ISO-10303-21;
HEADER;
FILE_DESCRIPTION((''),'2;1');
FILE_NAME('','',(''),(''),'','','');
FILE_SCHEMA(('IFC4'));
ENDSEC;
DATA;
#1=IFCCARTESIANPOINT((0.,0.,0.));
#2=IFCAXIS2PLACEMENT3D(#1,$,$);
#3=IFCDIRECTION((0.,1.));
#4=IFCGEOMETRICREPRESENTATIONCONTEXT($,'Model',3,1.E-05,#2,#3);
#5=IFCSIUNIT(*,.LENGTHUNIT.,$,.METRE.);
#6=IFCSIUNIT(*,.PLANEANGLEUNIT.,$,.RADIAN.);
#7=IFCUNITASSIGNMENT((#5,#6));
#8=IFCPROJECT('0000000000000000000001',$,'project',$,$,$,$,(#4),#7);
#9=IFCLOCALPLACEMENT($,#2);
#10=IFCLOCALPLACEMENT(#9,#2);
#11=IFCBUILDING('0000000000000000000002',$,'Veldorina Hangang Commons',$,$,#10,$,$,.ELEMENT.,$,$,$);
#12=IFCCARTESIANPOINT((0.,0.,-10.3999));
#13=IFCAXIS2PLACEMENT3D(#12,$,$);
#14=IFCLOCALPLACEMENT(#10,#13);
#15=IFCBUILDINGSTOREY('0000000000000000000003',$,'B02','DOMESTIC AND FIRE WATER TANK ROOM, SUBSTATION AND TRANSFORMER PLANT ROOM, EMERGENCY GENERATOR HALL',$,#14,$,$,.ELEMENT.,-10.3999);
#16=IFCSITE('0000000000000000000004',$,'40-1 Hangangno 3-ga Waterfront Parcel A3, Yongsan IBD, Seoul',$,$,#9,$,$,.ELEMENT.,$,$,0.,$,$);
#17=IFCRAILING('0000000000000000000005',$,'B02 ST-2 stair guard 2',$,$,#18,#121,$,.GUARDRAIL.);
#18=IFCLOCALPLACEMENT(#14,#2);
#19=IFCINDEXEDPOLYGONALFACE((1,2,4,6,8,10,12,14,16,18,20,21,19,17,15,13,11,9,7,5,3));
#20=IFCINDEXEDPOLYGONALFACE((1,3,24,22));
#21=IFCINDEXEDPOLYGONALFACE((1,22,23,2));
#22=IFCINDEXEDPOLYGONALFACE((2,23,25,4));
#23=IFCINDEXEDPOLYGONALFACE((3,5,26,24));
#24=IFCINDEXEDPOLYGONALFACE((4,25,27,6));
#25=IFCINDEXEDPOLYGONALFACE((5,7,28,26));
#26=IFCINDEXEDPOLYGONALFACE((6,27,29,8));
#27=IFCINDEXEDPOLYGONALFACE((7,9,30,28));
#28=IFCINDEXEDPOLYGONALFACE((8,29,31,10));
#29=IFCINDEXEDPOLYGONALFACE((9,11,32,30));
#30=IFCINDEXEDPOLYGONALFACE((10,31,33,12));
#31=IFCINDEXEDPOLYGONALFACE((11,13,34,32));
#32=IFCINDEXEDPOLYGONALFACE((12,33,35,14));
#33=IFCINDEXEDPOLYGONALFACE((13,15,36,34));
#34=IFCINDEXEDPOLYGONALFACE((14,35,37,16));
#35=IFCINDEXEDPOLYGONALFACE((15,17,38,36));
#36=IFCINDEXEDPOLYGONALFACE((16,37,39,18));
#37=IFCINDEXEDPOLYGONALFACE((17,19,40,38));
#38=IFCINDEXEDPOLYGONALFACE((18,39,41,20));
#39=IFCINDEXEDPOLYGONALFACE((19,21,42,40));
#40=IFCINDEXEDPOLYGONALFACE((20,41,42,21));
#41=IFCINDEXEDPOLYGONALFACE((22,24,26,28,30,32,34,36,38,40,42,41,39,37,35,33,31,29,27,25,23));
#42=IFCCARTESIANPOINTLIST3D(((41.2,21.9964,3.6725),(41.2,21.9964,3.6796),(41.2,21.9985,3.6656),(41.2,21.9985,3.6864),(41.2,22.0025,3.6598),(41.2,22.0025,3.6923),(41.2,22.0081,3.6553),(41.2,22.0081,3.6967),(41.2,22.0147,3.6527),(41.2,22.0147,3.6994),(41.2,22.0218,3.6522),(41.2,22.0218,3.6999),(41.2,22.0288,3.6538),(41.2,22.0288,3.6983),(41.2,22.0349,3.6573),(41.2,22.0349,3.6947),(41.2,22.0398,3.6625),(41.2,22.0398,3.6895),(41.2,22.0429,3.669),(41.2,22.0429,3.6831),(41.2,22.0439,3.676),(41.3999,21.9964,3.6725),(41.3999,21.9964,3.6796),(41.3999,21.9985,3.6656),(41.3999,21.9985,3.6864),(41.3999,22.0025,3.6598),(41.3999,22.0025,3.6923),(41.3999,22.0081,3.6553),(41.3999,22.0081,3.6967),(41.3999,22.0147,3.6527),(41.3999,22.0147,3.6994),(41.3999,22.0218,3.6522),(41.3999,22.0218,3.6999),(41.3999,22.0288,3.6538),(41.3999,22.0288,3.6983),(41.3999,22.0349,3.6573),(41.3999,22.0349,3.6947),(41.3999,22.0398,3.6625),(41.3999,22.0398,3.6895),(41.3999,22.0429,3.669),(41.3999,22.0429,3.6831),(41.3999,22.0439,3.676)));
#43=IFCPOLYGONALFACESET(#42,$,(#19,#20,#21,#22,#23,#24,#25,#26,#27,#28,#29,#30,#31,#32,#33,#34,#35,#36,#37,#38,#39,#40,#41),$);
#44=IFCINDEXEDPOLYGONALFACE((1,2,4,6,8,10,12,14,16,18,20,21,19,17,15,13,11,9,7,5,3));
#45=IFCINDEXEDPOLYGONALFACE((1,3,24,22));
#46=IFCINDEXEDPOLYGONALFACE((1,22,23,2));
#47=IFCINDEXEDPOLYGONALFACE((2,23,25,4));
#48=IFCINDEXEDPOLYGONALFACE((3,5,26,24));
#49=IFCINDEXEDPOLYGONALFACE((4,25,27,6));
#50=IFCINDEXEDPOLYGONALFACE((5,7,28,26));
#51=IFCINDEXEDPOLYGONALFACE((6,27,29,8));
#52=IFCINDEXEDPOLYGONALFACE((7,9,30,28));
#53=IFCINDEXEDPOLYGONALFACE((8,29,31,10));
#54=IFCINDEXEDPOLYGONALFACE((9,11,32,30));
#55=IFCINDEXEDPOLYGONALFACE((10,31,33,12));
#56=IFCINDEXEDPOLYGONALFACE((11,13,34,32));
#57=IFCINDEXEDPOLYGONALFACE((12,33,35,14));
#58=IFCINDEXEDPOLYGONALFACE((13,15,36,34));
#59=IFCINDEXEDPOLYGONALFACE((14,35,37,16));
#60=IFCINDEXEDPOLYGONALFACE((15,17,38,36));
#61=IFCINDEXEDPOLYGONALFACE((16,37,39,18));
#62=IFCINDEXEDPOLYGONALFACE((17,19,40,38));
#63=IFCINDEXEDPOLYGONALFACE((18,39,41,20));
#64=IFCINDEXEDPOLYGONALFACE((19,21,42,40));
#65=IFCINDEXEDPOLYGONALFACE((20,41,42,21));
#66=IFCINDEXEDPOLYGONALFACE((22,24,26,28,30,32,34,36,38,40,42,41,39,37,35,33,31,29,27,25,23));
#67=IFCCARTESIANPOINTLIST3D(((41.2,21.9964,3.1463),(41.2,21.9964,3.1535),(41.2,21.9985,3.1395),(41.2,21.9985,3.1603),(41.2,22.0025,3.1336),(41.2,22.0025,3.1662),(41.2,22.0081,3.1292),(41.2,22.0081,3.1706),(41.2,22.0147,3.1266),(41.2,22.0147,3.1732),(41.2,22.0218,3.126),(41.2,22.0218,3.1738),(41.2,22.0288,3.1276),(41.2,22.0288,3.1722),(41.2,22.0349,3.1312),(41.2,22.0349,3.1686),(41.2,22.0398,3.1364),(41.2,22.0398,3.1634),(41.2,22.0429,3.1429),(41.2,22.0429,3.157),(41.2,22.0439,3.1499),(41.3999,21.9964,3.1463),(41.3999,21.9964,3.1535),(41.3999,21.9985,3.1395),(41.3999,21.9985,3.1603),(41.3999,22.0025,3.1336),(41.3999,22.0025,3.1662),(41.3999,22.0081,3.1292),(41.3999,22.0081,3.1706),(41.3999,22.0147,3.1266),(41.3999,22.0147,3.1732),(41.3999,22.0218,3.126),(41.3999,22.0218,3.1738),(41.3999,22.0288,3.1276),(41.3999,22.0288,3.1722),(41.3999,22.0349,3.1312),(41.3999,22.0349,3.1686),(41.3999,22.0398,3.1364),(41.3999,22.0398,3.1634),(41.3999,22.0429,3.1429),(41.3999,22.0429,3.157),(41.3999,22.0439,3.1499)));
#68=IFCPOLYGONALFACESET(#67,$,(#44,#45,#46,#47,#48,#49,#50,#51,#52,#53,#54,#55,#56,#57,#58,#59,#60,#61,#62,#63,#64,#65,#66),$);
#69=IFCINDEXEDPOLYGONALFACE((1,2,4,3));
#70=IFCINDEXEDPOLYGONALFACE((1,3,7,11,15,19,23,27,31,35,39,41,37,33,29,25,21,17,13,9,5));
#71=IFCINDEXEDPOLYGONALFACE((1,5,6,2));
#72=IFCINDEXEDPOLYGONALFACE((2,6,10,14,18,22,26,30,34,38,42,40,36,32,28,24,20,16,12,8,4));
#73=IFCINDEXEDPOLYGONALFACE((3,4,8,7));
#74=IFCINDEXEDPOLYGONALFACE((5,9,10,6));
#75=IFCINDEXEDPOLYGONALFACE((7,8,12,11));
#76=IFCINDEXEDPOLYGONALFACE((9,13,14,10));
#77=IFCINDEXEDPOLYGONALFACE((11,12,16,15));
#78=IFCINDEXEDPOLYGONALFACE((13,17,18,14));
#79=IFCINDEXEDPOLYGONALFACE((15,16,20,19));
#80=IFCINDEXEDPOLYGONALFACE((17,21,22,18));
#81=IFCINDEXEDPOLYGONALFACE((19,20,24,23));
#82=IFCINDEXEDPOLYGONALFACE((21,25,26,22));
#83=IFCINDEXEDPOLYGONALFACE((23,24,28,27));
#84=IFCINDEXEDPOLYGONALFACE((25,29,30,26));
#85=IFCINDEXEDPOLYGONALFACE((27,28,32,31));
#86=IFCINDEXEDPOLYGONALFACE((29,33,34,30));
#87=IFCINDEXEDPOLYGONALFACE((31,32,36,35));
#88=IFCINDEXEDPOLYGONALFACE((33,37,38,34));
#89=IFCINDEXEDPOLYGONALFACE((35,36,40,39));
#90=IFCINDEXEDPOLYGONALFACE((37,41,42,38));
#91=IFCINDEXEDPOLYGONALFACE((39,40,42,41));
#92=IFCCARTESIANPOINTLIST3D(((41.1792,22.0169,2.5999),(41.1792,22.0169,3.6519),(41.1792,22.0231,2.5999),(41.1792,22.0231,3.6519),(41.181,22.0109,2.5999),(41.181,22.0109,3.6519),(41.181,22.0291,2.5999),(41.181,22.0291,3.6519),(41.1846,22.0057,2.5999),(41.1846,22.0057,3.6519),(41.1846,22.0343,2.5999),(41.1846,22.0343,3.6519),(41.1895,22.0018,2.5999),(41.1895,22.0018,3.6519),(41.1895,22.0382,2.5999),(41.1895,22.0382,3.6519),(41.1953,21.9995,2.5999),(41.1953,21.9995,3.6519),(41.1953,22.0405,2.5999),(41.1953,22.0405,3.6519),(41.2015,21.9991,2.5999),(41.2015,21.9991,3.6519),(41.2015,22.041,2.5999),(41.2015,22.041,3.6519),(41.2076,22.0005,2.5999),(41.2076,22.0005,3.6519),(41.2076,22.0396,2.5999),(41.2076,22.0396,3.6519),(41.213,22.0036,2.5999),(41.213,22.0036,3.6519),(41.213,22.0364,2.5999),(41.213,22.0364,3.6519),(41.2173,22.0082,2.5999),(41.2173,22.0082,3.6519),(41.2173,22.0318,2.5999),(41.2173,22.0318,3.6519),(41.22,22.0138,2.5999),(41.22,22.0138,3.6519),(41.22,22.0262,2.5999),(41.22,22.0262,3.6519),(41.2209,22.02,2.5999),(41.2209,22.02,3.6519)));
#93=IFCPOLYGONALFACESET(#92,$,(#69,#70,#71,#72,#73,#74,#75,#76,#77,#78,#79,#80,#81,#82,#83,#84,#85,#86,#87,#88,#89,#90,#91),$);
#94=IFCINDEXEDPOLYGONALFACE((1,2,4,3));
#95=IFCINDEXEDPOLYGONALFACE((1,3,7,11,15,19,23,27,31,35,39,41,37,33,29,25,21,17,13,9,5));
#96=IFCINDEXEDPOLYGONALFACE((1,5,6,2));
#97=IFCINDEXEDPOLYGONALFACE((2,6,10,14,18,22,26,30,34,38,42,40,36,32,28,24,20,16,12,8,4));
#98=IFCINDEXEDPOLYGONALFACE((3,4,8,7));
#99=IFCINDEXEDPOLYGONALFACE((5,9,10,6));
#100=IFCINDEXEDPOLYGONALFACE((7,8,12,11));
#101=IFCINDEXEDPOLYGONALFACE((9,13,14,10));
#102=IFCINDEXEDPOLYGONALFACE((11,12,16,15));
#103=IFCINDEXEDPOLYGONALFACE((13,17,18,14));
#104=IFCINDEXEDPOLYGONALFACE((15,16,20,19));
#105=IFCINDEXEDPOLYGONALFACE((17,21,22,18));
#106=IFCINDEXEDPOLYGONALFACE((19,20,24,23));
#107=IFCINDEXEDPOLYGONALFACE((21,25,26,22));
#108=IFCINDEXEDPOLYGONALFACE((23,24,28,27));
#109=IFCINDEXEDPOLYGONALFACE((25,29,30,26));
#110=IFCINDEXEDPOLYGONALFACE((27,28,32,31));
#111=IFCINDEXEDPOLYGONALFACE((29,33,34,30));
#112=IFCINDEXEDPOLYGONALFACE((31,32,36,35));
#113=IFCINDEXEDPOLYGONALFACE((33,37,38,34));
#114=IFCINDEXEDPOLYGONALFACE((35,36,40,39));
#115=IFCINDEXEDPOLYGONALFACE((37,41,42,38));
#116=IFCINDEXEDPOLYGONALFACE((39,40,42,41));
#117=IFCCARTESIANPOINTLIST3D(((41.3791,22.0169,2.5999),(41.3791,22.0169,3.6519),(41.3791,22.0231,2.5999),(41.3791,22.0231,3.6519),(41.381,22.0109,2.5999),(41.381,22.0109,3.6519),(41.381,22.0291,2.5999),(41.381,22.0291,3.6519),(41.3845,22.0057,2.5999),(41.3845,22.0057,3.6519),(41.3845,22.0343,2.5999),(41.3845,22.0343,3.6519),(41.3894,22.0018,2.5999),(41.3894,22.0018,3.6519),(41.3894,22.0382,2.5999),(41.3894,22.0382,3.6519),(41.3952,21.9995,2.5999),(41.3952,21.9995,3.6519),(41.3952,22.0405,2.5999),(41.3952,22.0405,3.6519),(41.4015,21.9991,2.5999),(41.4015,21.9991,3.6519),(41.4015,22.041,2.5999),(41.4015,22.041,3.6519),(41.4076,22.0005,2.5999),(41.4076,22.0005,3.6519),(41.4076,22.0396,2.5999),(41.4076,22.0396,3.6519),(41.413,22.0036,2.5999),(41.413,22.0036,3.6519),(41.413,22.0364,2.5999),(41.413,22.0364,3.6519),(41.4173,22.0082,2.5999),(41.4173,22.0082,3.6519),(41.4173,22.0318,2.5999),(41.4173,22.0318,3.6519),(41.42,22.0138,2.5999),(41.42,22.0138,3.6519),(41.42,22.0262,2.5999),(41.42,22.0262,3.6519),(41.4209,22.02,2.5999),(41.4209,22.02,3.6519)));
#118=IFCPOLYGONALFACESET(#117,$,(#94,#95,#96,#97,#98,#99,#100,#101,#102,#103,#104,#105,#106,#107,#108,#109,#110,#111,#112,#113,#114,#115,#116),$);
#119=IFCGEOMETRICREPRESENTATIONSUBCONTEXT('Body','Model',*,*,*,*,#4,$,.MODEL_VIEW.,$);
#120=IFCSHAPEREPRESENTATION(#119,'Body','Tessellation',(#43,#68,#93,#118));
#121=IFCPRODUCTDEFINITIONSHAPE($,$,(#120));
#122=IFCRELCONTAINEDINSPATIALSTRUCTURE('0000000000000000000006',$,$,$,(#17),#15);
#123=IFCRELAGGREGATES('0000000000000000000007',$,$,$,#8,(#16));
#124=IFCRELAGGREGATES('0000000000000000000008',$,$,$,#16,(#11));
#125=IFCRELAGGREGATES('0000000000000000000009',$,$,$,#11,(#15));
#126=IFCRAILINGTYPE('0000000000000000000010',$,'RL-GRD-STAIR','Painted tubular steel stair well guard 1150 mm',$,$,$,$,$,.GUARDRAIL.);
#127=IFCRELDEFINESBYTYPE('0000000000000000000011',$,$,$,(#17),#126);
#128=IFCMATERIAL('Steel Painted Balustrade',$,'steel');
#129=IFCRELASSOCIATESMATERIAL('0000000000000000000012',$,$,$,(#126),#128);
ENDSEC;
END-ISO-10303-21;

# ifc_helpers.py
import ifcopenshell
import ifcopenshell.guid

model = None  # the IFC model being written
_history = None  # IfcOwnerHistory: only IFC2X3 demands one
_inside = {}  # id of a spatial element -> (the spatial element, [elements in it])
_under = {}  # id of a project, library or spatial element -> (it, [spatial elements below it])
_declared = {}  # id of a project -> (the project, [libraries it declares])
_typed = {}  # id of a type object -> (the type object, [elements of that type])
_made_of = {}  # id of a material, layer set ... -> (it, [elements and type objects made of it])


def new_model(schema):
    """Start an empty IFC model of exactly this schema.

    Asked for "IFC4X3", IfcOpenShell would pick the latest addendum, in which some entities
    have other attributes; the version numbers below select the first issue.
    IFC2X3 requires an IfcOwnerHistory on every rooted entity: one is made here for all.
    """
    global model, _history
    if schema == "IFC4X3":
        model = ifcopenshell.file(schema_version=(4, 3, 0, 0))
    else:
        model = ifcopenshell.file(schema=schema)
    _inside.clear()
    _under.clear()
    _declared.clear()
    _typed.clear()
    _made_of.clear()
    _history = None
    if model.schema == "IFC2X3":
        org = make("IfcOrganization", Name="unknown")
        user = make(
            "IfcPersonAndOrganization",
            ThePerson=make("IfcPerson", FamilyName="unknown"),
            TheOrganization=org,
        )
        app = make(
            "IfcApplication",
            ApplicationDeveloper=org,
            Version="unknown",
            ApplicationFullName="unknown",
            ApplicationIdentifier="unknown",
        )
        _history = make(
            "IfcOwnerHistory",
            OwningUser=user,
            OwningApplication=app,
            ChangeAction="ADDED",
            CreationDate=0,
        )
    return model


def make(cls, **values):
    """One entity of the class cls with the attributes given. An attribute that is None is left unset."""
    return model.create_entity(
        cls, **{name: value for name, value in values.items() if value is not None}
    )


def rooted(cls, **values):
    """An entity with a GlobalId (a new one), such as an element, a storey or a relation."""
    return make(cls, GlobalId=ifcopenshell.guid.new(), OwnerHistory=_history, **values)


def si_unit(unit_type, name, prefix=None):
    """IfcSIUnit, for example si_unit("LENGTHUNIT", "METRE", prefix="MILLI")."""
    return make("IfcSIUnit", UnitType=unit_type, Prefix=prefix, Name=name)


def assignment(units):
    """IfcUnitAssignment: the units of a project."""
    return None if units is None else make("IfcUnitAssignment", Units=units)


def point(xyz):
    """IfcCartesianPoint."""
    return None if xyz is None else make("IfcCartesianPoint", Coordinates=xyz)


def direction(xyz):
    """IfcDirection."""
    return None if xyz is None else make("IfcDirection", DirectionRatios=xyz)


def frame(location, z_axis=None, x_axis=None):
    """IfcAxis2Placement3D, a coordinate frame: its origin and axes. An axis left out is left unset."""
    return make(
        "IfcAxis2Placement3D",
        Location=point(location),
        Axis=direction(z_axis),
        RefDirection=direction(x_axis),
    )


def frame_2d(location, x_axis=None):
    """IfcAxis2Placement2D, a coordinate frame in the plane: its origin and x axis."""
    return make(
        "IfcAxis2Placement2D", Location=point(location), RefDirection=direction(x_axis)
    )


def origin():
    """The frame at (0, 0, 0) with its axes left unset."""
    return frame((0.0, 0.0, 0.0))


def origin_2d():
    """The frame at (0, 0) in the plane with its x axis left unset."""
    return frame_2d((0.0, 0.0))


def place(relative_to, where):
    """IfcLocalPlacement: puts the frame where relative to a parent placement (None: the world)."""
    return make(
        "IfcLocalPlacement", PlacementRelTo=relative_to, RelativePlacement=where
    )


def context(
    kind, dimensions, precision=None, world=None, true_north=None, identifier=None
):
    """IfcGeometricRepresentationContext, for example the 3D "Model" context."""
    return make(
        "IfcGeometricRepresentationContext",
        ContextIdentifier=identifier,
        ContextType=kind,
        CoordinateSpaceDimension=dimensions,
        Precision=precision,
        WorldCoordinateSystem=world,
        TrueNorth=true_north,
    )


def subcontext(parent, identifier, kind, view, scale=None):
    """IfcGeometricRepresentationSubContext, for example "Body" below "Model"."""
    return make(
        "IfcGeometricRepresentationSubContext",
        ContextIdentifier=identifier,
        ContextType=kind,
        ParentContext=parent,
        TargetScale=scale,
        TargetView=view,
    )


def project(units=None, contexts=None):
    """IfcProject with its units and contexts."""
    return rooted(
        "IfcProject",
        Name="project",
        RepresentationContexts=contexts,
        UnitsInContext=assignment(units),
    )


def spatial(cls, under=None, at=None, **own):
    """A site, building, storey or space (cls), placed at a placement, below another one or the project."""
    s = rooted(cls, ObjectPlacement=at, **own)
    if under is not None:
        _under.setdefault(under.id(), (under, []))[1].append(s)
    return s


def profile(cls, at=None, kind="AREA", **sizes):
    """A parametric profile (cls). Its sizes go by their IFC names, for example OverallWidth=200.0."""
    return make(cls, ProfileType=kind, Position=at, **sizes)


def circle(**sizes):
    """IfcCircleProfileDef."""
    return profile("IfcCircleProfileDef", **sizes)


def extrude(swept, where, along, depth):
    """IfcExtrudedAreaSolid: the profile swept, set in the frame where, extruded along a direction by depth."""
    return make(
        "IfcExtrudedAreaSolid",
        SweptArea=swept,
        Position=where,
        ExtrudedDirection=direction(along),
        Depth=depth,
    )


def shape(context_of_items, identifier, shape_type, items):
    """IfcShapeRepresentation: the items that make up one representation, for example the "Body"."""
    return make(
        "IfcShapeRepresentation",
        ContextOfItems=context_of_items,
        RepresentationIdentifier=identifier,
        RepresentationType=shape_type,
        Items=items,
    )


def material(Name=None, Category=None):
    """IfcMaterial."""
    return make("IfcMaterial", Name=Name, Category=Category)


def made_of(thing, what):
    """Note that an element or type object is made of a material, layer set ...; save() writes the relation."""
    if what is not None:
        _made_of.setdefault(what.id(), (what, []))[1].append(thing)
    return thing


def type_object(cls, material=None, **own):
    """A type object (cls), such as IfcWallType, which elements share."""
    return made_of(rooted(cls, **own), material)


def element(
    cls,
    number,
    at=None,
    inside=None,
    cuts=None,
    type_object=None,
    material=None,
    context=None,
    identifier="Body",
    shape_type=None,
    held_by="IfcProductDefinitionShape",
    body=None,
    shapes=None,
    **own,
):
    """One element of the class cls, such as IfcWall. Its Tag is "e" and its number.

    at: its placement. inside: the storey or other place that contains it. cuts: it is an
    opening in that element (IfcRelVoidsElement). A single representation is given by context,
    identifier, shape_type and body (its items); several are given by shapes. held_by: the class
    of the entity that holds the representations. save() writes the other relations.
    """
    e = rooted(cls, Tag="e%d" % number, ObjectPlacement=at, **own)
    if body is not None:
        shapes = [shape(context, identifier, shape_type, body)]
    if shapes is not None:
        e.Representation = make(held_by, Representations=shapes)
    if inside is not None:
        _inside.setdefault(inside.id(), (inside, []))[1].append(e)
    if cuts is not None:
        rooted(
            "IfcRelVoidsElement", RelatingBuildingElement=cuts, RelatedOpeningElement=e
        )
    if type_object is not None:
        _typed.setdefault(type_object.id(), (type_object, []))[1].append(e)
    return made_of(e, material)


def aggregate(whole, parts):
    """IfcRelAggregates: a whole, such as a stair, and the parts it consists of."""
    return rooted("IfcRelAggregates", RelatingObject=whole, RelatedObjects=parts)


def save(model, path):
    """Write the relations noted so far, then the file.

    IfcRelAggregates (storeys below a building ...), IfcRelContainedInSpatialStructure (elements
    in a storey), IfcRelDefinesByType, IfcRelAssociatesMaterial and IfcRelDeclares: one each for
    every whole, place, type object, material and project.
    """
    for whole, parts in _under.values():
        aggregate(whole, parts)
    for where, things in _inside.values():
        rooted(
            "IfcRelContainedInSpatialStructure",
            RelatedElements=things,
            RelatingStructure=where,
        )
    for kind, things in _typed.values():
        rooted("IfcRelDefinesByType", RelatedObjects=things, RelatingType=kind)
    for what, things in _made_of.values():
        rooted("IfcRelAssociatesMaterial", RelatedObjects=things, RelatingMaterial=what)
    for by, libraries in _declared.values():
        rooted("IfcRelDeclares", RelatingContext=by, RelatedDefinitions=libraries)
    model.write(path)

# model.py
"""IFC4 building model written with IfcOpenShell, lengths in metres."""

from ifc_helpers import new_model, si_unit, direction, frame, origin, origin_2d, place, context, subcontext, project, spatial, circle, extrude, material, type_object, element, save


model = new_model("IFC4")

# Units and contexts
model_context = context("Model", 3, precision=1e-05, world=origin(), true_north=direction((0.0, 1.0)))
body_context = subcontext(model_context, "Body", "Model", "MODEL_VIEW")
ifc_project = project(units=[si_unit("LENGTHUNIT", "METRE"), si_unit("PLANEANGLEUNIT", "RADIAN")], contexts=[model_context])

# Site, building, storey
site_placement = place(None, origin())
site = spatial("IfcSite", under=ifc_project, at=site_placement, Name="40-1 Hangangno 3-ga Waterfront Parcel A3, Yongsan IBD, Seoul", CompositionType="ELEMENT", RefElevation=0.0)
building_placement = place(site_placement, origin())
building = spatial("IfcBuilding", under=site, at=building_placement, Name="Veldorina Hangang Commons", CompositionType="ELEMENT")
storey_placement = place(building_placement, frame((0.0, 0.0, -10.3999)))
storey = spatial("IfcBuildingStorey", under=building, at=storey_placement, Name="B02", Description="DOMESTIC AND FIRE WATER TANK ROOM, SUBSTATION AND TRANSFORMER PLANT ROOM, EMERGENCY GENERATOR HALL", CompositionType="ELEMENT", Elevation=-10.3999)

# Railing
ifc_material_1 = material(Name="Steel Painted Balustrade", Category="steel")
railing_type_1 = type_object("IfcRailingType", Name="RL-GRD-STAIR", Description="Painted tubular steel stair well guard 1150 mm", PredefinedType="GUARDRAIL", material=ifc_material_1)
railing_1_placement = place(storey_placement, frame((41.2, 22.02, 2.5999)))
element("IfcRailing", 1, at=railing_1_placement, inside=storey, type_object=railing_type_1, Name="B02 ST-2 stair guard 2", PredefinedType="GUARDRAIL", context=body_context, shape_type="SweptSolid", body=[
    extrude(circle(Radius=0.0239, at=origin_2d()), frame((0.0, 0.0, 1.0762), z_axis=(1.0, 0.0, 0.0), x_axis=(0.0, 1.0, 0.0)), (0.0, 0.0, 1.0), 0.2),
    extrude(circle(Radius=0.0239, at=origin_2d()), frame((0.0, 0.0, 0.55), z_axis=(1.0, 0.0, 0.0), x_axis=(0.0, 1.0, 0.0)), (0.0, 0.0, 1.0), 0.2),
    extrude(circle(Radius=0.021, at=origin_2d()), origin(), (0.0, 0.0, 1.0), 1.052),
    extrude(circle(Radius=0.021, at=origin_2d()), frame((0.2, 0.0, 0.0)), (0.0, 0.0, 1.0), 1.052),
])

save(model, "model.ifc")
